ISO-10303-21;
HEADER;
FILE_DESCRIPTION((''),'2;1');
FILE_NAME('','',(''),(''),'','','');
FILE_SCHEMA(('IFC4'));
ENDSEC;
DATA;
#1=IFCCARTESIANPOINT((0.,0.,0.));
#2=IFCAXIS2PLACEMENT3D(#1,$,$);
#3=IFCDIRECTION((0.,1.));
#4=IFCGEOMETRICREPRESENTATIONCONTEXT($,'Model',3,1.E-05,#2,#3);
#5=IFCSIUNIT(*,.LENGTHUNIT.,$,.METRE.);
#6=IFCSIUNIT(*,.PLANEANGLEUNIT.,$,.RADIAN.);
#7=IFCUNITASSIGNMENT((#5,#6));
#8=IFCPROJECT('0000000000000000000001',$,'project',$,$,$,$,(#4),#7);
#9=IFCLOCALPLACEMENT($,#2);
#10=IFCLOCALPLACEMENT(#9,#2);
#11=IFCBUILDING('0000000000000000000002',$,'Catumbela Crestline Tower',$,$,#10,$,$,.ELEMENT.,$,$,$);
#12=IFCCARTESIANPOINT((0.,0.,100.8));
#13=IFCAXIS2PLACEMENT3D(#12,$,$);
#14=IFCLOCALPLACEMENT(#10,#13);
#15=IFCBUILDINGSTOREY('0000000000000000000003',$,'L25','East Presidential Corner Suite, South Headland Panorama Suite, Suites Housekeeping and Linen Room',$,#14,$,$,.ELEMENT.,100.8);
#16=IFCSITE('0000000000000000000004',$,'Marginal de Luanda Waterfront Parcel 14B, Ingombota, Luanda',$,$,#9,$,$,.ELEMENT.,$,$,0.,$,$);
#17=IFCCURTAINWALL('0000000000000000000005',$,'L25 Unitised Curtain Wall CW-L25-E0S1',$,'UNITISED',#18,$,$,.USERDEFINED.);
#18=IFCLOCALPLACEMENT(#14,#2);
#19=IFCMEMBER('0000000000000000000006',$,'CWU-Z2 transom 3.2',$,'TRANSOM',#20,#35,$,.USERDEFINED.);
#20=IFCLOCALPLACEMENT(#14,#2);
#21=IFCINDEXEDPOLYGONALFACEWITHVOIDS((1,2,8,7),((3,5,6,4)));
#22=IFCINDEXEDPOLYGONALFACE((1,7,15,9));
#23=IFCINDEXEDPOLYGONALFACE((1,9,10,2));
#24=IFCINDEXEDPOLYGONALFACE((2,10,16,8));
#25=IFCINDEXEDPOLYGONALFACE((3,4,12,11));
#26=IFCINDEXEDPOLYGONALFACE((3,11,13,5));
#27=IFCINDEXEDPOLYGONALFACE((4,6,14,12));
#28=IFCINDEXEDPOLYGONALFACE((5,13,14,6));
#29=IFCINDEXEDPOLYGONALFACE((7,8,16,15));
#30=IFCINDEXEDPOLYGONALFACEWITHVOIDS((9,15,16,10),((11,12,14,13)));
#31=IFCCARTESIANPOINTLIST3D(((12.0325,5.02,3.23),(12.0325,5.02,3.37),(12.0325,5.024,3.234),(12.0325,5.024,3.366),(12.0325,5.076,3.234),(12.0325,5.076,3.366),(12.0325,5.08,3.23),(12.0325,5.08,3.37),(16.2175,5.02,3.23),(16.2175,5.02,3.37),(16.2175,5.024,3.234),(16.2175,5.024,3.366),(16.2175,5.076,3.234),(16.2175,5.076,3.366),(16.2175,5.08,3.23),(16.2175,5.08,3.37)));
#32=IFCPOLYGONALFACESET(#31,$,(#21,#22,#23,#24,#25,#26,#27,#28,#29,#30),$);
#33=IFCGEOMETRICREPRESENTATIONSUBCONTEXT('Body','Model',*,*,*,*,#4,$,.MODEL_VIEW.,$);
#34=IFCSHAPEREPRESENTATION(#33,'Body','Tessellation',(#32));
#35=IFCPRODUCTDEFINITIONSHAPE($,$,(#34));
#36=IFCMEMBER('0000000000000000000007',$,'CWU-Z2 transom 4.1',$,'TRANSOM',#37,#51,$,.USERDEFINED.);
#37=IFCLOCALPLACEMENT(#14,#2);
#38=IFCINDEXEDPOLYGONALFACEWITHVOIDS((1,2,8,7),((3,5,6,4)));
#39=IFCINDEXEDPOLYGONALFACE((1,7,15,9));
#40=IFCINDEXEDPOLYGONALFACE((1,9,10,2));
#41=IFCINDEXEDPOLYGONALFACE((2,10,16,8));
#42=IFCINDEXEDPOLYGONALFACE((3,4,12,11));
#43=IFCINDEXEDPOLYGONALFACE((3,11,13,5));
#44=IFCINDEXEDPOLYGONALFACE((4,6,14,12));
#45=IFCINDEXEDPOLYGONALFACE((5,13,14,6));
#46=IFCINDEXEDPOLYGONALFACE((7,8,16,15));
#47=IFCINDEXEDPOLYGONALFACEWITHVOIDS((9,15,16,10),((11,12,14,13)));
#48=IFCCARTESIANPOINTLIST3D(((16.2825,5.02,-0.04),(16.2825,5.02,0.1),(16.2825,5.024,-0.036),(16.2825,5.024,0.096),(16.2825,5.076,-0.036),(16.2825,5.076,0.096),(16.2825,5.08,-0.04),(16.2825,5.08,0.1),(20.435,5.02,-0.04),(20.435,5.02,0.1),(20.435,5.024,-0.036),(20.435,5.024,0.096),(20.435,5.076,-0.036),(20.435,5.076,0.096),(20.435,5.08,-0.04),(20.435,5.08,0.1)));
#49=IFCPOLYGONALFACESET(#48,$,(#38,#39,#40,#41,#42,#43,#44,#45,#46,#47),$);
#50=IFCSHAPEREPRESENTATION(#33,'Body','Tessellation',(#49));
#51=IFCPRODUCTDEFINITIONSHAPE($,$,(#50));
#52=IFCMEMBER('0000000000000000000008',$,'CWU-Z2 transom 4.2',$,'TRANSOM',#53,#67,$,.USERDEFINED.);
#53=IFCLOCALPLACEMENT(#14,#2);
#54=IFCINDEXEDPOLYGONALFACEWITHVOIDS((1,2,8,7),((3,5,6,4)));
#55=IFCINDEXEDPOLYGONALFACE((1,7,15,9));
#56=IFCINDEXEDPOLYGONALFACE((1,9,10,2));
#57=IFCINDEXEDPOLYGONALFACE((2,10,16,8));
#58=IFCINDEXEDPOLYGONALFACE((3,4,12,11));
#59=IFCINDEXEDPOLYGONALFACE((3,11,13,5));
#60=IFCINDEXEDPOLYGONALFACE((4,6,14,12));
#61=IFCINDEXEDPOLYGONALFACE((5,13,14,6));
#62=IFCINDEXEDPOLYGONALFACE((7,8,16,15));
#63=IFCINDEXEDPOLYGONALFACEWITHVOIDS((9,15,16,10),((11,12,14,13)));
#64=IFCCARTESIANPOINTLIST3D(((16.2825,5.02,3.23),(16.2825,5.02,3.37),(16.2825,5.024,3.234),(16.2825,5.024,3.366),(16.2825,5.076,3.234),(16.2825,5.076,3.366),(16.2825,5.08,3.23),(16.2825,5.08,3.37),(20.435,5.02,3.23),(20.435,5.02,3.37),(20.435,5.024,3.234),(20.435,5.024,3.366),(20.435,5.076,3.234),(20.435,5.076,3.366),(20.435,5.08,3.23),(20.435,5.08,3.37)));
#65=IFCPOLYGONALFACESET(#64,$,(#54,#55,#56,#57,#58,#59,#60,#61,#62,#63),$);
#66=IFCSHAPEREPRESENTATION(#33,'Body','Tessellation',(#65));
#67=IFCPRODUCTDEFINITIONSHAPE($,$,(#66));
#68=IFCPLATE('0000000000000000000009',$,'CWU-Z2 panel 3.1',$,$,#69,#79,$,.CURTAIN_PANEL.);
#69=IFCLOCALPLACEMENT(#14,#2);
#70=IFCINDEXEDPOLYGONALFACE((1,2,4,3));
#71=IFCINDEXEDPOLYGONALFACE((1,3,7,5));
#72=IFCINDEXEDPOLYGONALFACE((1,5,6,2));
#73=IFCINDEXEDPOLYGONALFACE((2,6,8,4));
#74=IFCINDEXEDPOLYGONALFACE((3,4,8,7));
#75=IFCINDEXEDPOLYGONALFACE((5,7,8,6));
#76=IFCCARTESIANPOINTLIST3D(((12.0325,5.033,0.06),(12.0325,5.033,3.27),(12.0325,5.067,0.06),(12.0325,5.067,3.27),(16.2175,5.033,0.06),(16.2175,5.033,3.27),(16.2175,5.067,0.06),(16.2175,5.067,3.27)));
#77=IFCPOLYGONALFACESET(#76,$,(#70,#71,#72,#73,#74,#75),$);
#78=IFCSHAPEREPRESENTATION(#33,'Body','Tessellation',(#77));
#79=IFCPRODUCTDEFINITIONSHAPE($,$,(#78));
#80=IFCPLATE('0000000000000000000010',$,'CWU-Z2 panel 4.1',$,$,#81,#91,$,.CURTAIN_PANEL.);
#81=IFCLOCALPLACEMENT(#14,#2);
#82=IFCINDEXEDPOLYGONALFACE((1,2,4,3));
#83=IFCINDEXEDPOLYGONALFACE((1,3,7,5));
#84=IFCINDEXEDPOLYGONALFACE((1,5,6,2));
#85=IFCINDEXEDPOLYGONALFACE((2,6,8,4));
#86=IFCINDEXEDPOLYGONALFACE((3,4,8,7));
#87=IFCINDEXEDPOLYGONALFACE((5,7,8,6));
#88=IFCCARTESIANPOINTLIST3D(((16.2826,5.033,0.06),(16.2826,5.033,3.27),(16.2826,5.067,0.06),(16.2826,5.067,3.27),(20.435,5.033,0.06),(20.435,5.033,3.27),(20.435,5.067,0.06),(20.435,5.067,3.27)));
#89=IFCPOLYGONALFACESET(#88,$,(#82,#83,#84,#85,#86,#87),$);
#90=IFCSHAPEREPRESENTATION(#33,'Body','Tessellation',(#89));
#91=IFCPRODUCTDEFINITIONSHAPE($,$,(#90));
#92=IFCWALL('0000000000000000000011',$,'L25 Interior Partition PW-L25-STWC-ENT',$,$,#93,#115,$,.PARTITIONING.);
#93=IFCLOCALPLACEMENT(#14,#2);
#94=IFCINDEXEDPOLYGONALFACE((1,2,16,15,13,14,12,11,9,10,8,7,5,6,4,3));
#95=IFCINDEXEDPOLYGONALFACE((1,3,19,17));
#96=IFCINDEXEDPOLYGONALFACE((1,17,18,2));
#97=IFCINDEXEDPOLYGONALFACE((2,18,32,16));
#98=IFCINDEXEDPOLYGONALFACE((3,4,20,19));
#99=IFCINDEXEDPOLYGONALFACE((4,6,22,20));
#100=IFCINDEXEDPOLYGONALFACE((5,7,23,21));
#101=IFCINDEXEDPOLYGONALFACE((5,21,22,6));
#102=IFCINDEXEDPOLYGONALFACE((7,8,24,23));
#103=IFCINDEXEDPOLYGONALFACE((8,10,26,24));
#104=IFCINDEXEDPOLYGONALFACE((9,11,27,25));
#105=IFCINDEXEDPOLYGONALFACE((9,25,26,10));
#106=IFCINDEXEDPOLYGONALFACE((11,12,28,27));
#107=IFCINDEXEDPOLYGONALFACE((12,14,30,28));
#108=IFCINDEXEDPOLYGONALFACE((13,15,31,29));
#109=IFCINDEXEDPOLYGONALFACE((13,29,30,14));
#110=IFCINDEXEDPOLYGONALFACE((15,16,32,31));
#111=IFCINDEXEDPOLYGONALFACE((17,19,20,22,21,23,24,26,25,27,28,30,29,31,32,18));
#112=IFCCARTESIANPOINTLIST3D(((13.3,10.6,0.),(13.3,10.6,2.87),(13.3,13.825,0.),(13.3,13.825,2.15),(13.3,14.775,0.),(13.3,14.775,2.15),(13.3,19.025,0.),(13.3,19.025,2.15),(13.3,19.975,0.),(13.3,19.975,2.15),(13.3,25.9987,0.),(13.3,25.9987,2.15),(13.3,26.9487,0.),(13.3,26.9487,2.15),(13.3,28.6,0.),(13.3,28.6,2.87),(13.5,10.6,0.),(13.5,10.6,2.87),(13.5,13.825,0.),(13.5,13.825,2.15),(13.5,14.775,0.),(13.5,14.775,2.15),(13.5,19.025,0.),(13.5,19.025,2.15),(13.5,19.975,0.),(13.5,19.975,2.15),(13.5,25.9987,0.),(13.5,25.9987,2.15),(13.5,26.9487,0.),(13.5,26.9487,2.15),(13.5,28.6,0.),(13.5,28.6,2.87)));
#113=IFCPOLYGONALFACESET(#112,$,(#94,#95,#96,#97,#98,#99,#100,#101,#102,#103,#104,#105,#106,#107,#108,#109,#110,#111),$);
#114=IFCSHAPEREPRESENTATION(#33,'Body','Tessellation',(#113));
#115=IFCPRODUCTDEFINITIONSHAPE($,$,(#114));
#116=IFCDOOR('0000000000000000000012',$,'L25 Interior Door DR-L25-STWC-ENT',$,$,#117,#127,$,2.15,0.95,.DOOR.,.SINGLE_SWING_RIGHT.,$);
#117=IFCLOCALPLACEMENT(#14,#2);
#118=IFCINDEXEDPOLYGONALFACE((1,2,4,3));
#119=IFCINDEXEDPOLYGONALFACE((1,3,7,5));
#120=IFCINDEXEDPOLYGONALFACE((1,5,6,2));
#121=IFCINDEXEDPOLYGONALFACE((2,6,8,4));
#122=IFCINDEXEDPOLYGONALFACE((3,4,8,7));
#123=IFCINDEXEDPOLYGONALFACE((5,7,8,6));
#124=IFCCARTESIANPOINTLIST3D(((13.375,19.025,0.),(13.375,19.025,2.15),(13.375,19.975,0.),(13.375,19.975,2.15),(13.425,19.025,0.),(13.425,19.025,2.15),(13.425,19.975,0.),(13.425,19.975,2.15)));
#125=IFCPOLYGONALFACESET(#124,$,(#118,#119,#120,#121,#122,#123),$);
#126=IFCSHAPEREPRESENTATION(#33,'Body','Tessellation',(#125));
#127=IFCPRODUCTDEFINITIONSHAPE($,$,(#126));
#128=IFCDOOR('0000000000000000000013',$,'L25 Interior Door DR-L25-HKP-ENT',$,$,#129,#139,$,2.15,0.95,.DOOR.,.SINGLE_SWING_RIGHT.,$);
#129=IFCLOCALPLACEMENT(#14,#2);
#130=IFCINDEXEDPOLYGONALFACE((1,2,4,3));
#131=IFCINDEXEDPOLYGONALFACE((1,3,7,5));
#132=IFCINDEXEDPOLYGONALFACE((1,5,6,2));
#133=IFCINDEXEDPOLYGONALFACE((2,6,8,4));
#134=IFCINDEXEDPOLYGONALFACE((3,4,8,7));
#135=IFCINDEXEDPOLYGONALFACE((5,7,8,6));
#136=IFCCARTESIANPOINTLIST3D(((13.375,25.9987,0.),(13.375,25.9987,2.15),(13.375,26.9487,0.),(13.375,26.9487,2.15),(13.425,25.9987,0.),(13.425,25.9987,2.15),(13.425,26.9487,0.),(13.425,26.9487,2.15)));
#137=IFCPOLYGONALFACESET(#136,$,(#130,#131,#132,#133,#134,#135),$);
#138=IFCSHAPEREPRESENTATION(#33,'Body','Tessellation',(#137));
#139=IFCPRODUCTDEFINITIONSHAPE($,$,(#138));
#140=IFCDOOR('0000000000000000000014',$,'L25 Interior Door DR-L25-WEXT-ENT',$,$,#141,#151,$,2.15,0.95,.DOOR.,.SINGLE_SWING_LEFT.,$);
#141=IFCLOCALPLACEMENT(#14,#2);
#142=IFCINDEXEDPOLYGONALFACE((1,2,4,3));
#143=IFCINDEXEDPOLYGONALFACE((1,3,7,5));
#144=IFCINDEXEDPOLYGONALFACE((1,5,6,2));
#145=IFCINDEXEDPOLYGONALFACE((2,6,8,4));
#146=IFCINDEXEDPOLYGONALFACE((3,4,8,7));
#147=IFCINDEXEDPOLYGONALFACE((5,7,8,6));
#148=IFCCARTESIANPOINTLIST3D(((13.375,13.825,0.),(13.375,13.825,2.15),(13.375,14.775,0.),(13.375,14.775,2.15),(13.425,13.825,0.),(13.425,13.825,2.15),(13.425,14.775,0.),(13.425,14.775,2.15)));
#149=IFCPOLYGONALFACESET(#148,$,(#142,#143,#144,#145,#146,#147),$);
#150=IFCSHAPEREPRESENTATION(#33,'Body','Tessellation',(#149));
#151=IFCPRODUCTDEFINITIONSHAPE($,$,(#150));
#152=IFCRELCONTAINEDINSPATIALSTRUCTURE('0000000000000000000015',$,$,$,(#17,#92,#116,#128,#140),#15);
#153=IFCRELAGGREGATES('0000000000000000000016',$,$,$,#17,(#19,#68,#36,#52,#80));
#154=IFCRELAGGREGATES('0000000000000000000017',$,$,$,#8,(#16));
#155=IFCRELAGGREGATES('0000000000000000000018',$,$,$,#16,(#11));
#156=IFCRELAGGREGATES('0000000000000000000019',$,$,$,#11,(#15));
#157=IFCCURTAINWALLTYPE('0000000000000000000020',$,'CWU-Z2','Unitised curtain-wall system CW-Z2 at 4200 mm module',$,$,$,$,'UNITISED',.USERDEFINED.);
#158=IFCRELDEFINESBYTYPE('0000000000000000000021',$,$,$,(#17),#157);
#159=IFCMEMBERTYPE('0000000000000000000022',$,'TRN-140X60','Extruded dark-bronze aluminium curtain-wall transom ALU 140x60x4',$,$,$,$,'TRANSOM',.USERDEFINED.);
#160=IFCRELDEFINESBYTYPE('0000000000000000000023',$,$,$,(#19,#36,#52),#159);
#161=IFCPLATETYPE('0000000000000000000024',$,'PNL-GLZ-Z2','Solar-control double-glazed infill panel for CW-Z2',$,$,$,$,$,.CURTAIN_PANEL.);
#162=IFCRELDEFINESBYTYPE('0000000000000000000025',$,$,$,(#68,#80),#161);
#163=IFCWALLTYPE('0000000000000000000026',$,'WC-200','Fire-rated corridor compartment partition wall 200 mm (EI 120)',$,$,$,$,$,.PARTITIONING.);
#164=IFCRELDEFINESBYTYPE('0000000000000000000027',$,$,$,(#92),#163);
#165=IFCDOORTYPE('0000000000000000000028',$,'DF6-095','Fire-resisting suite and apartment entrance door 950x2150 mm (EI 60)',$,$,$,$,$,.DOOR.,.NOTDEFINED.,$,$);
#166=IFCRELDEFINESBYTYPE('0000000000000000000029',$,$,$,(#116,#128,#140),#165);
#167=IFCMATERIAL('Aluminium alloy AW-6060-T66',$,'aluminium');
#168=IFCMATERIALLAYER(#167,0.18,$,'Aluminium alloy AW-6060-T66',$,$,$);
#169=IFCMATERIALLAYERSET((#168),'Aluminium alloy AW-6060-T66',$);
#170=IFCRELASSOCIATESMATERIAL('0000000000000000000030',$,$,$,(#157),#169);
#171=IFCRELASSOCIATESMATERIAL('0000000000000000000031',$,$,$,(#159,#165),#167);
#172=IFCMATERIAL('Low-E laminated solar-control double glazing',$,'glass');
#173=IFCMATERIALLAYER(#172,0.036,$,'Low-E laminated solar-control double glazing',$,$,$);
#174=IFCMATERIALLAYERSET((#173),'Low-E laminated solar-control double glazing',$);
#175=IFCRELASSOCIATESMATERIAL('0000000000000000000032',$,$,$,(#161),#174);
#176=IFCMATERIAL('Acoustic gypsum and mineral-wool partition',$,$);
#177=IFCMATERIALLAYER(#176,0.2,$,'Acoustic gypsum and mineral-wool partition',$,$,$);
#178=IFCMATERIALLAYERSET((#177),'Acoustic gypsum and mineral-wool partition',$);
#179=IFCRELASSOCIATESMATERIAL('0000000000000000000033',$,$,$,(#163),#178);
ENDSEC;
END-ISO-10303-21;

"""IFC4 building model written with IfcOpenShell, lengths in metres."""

from ifc_helpers import new_model, si_unit, direction, frame, frame_2d, origin, origin_2d, place, context, subcontext, project, spatial, rectangle, hollow_rectangle, extrude, material, layer, layer_set, material_profile, profile_set, type_object, element, fill, aggregate, save


model = new_model("IFC4")

# Units and contexts
model_context = context("Model", 3, precision=1e-05, world=origin(), true_north=direction((0.0, 1.0)))
body_context = subcontext(model_context, "Body", "Model", "MODEL_VIEW")
ifc_project = project(units=[si_unit("LENGTHUNIT", "METRE"), si_unit("PLANEANGLEUNIT", "RADIAN")], contexts=[model_context])

# Site, building, storey
site_placement = place(None, origin())
site = spatial("IfcSite", under=ifc_project, at=site_placement, Name="Marginal de Luanda Waterfront Parcel 14B, Ingombota, Luanda", CompositionType="ELEMENT", RefElevation=0.0)
building_placement = place(site_placement, origin())
building = spatial("IfcBuilding", under=site, at=building_placement, Name="Catumbela Crestline Tower", CompositionType="ELEMENT")
storey_placement = place(building_placement, frame((0.0, 0.0, 100.8)))
storey = spatial("IfcBuildingStorey", under=building, at=storey_placement, Name="L25", Description="East Presidential Corner Suite, South Headland Panorama Suite, Suites Housekeeping and Linen Room", CompositionType="ELEMENT", Elevation=100.8)

# Curtain wall, members, plates
ifc_material_1 = material(Name="Aluminium alloy AW-6060-T66", Category="aluminium")
ifc_layer_1 = layer(ifc_material_1, 0.18, Name="Aluminium alloy AW-6060-T66")
ifc_layer_set_1 = layer_set([ifc_layer_1], Name="Aluminium alloy AW-6060-T66")
curtain_wall_type = type_object("IfcCurtainWallType", Name="CWU-Z2", Description="Unitised curtain-wall system CW-Z2 at 4200 mm module", ElementType="UNITISED", PredefinedType="USERDEFINED", material=ifc_layer_set_1)
curtain_wall_placement = place(storey_placement, origin())
curtain_wall = element("IfcCurtainWall", 1, at=curtain_wall_placement, inside=storey, type_object=curtain_wall_type, Name="L25 Unitised Curtain Wall CW-L25-E0S1", ObjectType="UNITISED", PredefinedType="USERDEFINED")
ifc_material_profile_1 = material_profile(ifc_material_1, hollow_rectangle(XDim=0.06, YDim=0.14, WallThickness=0.004, at=origin_2d()), Name="ALU 140x60x4")
ifc_profile_set_1 = profile_set([ifc_material_profile_1], Name="Aluminium alloy AW-6060-T66")
member_type_1 = type_object("IfcMemberType", Name="TRN-140X60", Description="Extruded dark-bronze aluminium curtain-wall transom ALU 140x60x4", ElementType="TRANSOM", PredefinedType="USERDEFINED", material=ifc_profile_set_1)
member_1_placement = place(storey_placement, frame((12.0325, 5.05, 3.3), z_axis=(1.0, 0.0, 0.0), x_axis=(0.0, 1.0, 0.0)))
member_1 = element("IfcMember", 2, at=member_1_placement, type_object=member_type_1, Name="CWU-Z2 transom 3.2", ObjectType="TRANSOM", PredefinedType="USERDEFINED", context=body_context, shape_type="SweptSolid", body=[
    extrude(hollow_rectangle(XDim=0.06, YDim=0.14, WallThickness=0.004, at=origin_2d()), origin(), (0.0, 0.0, 1.0), 4.185),
])
member_2_placement = place(storey_placement, frame((16.2825, 5.05, 0.03), z_axis=(1.0, 0.0, 0.0), x_axis=(0.0, 1.0, 0.0)))
member_2 = element("IfcMember", 3, at=member_2_placement, type_object=member_type_1, Name="CWU-Z2 transom 4.1", ObjectType="TRANSOM", PredefinedType="USERDEFINED", context=body_context, shape_type="SweptSolid", body=[
    extrude(hollow_rectangle(XDim=0.06, YDim=0.14, WallThickness=0.004, at=origin_2d()), origin(), (0.0, 0.0, 1.0), 4.1525),
])
member_3_placement = place(storey_placement, frame((16.2825, 5.05, 3.3), z_axis=(1.0, 0.0, 0.0), x_axis=(0.0, 1.0, 0.0)))
member_3 = element("IfcMember", 4, at=member_3_placement, type_object=member_type_1, Name="CWU-Z2 transom 4.2", ObjectType="TRANSOM", PredefinedType="USERDEFINED", context=body_context, shape_type="SweptSolid", body=[
    extrude(hollow_rectangle(XDim=0.06, YDim=0.14, WallThickness=0.004, at=origin_2d()), origin(), (0.0, 0.0, 1.0), 4.1525),
])
ifc_material_2 = material(Name="Low-E laminated solar-control double glazing", Category="glass")
ifc_layer_2 = layer(ifc_material_2, 0.036, Name="Low-E laminated solar-control double glazing")
ifc_layer_set_2 = layer_set([ifc_layer_2], Name="Low-E laminated solar-control double glazing")
plate_type = type_object("IfcPlateType", Name="PNL-GLZ-Z2", Description="Solar-control double-glazed infill panel for CW-Z2", PredefinedType="CURTAIN_PANEL", material=ifc_layer_set_2)
plate_1_placement = place(storey_placement, frame((14.125, 5.05, 0.06), z_axis=(0.0, 0.0, 1.0), x_axis=(1.0, 0.0, 0.0)))
plate_1 = element("IfcPlate", 5, at=plate_1_placement, type_object=plate_type, Name="CWU-Z2 panel 3.1", PredefinedType="CURTAIN_PANEL", context=body_context, shape_type="SweptSolid", body=[
    extrude(rectangle(XDim=4.185, YDim=0.034, at=origin_2d()), origin(), (0.0, 0.0, 1.0), 3.21),
])
plate_2_placement = place(storey_placement, frame((18.3588, 5.05, 0.06), z_axis=(0.0, 0.0, 1.0), x_axis=(1.0, 0.0, 0.0)))
plate_2 = element("IfcPlate", 6, at=plate_2_placement, type_object=plate_type, Name="CWU-Z2 panel 4.1", PredefinedType="CURTAIN_PANEL", context=body_context, shape_type="SweptSolid", body=[
    extrude(rectangle(XDim=4.1525, YDim=0.034, at=origin_2d()), origin(), (0.0, 0.0, 1.0), 3.21),
])
aggregate(curtain_wall, [member_1, plate_1, member_2, member_3, plate_2])

# Wall, openings, doors
ifc_material_3 = material(Name="Acoustic gypsum and mineral-wool partition")
ifc_layer_3 = layer(ifc_material_3, 0.2, Name="Acoustic gypsum and mineral-wool partition")
ifc_layer_set_3 = layer_set([ifc_layer_3], Name="Acoustic gypsum and mineral-wool partition")
wall_type_1 = type_object("IfcWallType", Name="WC-200", Description="Fire-rated corridor compartment partition wall 200 mm (EI 120)", PredefinedType="PARTITIONING", material=ifc_layer_set_3)
wall_1_placement = place(storey_placement, frame((13.4, 10.6, 0.0), z_axis=(0.0, 0.0, 1.0), x_axis=(0.0, 1.0, 0.0)))
wall_1 = element("IfcWall", 7, at=wall_1_placement, inside=storey, type_object=wall_type_1, Name="L25 Interior Partition PW-L25-STWC-ENT", PredefinedType="PARTITIONING", context=body_context, shape_type="SweptSolid", body=[
    extrude(rectangle(XDim=18.0, YDim=0.2, at=frame_2d((9.0, 0.0))), origin(), (0.0, 0.0, 1.0), 2.87),
])
opening_1_placement = place(wall_1_placement, frame((8.425, 0.0, 0.0)))
opening_1 = element("IfcOpeningElement", 8, at=opening_1_placement, cuts=wall_1, PredefinedType="OPENING", context=body_context, shape_type="SweptSolid", body=[
    extrude(rectangle(XDim=0.95, YDim=2.15, at=frame_2d((0.475, 1.075))), frame((0.0, 0.11, 0.0), z_axis=(0.0, -1.0, 0.0), x_axis=(1.0, 0.0, 0.0)), (0.0, 0.0, 1.0), 0.22),
])
opening_2_placement = place(wall_1_placement, frame((15.3987, 0.0, 0.0)))
opening_2 = element("IfcOpeningElement", 9, at=opening_2_placement, cuts=wall_1, PredefinedType="OPENING", context=body_context, shape_type="SweptSolid", body=[
    extrude(rectangle(XDim=0.95, YDim=2.15, at=frame_2d((0.475, 1.075))), frame((0.0, 0.11, 0.0), z_axis=(0.0, -1.0, 0.0), x_axis=(1.0, 0.0, 0.0)), (0.0, 0.0, 1.0), 0.22),
])
opening_3_placement = place(wall_1_placement, frame((3.225, 0.0, 0.0)))
opening_3 = element("IfcOpeningElement", 10, at=opening_3_placement, cuts=wall_1, PredefinedType="OPENING", context=body_context, shape_type="SweptSolid", body=[
    extrude(rectangle(XDim=0.95, YDim=2.15, at=frame_2d((0.475, 1.075))), frame((0.0, 0.11, 0.0), z_axis=(0.0, -1.0, 0.0), x_axis=(1.0, 0.0, 0.0)), (0.0, 0.0, 1.0), 0.22),
])
door_type_1 = type_object("IfcDoorType", Name="DF6-095", Description="Fire-resisting suite and apartment entrance door 950x2150 mm (EI 60)", OperationType="NOTDEFINED", PredefinedType="DOOR", material=ifc_material_1)
door_1_placement = place(opening_1_placement, origin())
door_1 = element("IfcDoor", 11, at=door_1_placement, inside=storey, type_object=door_type_1, Name="L25 Interior Door DR-L25-STWC-ENT", OperationType="SINGLE_SWING_RIGHT", OverallHeight=2.15, OverallWidth=0.95, PredefinedType="DOOR", context=body_context, shape_type="SweptSolid", body=[
    extrude(rectangle(XDim=0.95, YDim=2.15, at=frame_2d((0.475, 1.075))), frame((0.0, 0.025, 0.0), z_axis=(0.0, -1.0, 0.0), x_axis=(1.0, 0.0, 0.0)), (0.0, 0.0, 1.0), 0.05),
])
fill(opening_1, door_1)
door_2_placement = place(opening_2_placement, origin())
door_2 = element("IfcDoor", 12, at=door_2_placement, inside=storey, type_object=door_type_1, Name="L25 Interior Door DR-L25-HKP-ENT", OperationType="SINGLE_SWING_RIGHT", OverallHeight=2.15, OverallWidth=0.95, PredefinedType="DOOR", context=body_context, shape_type="SweptSolid", body=[
    extrude(rectangle(XDim=0.95, YDim=2.15, at=frame_2d((0.475, 1.075))), frame((0.0, 0.025, 0.0), z_axis=(0.0, -1.0, 0.0), x_axis=(1.0, 0.0, 0.0)), (0.0, 0.0, 1.0), 0.05),
])
fill(opening_2, door_2)
door_3_placement = place(opening_3_placement, origin())
door_3 = element("IfcDoor", 13, at=door_3_placement, inside=storey, type_object=door_type_1, Name="L25 Interior Door DR-L25-WEXT-ENT", OperationType="SINGLE_SWING_LEFT", OverallHeight=2.15, OverallWidth=0.95, PredefinedType="DOOR", context=body_context, shape_type="SweptSolid", body=[
    extrude(rectangle(XDim=0.95, YDim=2.15, at=frame_2d((0.475, 1.075))), frame((0.0, 0.025, 0.0), z_axis=(0.0, -1.0, 0.0), x_axis=(1.0, 0.0, 0.0)), (0.0, 0.0, 1.0), 0.05),
])
fill(opening_3, door_3)

save(model, "model.ifc")
